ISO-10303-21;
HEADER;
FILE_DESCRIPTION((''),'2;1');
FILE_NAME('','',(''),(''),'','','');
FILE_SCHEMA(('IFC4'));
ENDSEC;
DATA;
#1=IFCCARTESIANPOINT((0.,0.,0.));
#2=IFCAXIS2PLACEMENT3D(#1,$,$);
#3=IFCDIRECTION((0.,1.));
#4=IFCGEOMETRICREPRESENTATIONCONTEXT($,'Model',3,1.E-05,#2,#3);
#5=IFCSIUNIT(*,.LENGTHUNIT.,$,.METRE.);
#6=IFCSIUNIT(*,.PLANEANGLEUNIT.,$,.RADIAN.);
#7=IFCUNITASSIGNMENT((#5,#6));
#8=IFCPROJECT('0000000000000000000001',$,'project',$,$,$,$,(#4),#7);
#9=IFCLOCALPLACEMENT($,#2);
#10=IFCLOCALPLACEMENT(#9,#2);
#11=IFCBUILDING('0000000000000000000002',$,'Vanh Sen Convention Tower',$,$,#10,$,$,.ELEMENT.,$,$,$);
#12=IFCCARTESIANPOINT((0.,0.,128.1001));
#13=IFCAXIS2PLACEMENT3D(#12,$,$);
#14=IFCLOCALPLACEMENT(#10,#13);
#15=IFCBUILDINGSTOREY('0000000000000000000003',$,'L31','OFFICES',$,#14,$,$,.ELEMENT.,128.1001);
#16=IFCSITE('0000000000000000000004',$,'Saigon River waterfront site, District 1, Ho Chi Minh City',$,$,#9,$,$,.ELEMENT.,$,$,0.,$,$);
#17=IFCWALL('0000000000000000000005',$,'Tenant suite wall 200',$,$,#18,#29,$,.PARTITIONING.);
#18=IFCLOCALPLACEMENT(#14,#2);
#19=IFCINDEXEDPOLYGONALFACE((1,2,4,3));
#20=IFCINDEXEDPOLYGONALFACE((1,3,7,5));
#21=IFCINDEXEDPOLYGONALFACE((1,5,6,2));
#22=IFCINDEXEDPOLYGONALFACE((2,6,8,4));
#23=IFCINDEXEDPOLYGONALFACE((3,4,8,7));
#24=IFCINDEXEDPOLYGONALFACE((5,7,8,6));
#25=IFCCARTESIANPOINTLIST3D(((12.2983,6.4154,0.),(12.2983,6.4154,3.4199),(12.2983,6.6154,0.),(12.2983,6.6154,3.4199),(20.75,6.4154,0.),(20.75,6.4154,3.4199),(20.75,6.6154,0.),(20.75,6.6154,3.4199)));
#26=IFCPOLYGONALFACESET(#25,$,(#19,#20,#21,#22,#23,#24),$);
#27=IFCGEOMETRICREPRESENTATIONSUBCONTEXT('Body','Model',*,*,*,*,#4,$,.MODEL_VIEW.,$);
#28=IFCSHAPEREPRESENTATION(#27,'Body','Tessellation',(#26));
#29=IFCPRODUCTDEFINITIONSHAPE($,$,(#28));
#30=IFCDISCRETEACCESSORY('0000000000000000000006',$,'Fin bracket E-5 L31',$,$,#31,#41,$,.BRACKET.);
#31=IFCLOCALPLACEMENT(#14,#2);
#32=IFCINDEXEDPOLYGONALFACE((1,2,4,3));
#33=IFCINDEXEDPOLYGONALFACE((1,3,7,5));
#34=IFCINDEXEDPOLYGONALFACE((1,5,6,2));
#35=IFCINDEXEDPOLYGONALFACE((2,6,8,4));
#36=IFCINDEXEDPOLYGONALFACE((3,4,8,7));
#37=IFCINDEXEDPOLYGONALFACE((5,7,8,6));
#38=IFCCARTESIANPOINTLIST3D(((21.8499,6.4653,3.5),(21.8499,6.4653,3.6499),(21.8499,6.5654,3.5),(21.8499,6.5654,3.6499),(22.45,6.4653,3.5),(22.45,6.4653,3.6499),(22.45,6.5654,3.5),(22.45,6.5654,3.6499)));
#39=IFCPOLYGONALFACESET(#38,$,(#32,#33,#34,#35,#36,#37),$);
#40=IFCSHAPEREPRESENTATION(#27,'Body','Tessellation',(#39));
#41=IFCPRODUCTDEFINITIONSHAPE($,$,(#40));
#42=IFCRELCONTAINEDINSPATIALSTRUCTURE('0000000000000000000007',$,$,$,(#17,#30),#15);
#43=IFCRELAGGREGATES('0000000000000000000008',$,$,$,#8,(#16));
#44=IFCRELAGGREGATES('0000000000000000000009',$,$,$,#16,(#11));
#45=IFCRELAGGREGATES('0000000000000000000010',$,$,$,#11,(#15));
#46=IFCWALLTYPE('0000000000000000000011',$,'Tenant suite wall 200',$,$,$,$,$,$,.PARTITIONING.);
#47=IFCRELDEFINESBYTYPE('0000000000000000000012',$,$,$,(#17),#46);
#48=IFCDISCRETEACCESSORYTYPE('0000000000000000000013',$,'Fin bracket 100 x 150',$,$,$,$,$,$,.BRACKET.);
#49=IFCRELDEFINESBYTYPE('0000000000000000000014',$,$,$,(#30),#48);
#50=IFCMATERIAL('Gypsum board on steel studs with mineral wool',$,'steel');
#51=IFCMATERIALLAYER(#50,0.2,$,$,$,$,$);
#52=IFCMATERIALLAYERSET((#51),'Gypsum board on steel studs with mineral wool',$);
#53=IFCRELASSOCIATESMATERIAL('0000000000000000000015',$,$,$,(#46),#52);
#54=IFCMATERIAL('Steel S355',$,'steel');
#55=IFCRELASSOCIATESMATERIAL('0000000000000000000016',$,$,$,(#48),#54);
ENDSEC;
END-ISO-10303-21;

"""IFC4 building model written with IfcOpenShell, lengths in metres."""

from ifc_helpers import new_model, si_unit, direction, frame, frame_2d, origin, origin_2d, place, context, subcontext, project, spatial, rectangle, extrude, material, layer, layer_set, type_object, element, save


model = new_model("IFC4")

# Units and contexts
model_context = context("Model", 3, precision=1e-05, world=origin(), true_north=direction((0.0, 1.0)))
body_context = subcontext(model_context, "Body", "Model", "MODEL_VIEW")
ifc_project = project(units=[si_unit("LENGTHUNIT", "METRE"), si_unit("PLANEANGLEUNIT", "RADIAN")], contexts=[model_context])

# Site, building, storey
site_placement = place(None, origin())
site = spatial("IfcSite", under=ifc_project, at=site_placement, Name="Saigon River waterfront site, District 1, Ho Chi Minh City", CompositionType="ELEMENT", RefElevation=0.0)
building_placement = place(site_placement, origin())
building = spatial("IfcBuilding", under=site, at=building_placement, Name="Vanh Sen Convention Tower", CompositionType="ELEMENT")
storey_placement = place(building_placement, frame((0.0, 0.0, 128.1001)))
storey = spatial("IfcBuildingStorey", under=building, at=storey_placement, Name="L31", Description="OFFICES", CompositionType="ELEMENT", Elevation=128.1001)

# Shared definitions
ifc_material_1 = material(Name="Gypsum board on steel studs with mineral wool", Category="steel")

# Wall
ifc_layer_1 = layer(ifc_material_1, 0.2)
ifc_layer_set_1 = layer_set([ifc_layer_1], Name="Gypsum board on steel studs with mineral wool")
wall_type_1 = type_object("IfcWallType", Name="Tenant suite wall 200", PredefinedType="PARTITIONING", material=ifc_layer_set_1)
wall_1_placement = place(storey_placement, frame((20.75, 6.5154, 0.0), z_axis=(0.0, 0.0, 1.0), x_axis=(-1.0, 0.0, 0.0)))
element("IfcWall", 1, at=wall_1_placement, inside=storey, type_object=wall_type_1, Name="Tenant suite wall 200", PredefinedType="PARTITIONING", context=body_context, shape_type="SweptSolid", body=[
    extrude(rectangle(XDim=8.4517, YDim=0.2, at=frame_2d((4.2258, 0.0))), origin(), (0.0, 0.0, 1.0), 3.4199),
])

# Discrete accessory
ifc_material_2 = material(Name="Steel S355", Category="steel")
discrete_accessory_type = type_object("IfcDiscreteAccessoryType", Name="Fin bracket 100 x 150", PredefinedType="BRACKET", material=ifc_material_2)
discrete_accessory_placement = place(storey_placement, frame((22.1499, 6.5154, 3.5), z_axis=(0.0, 0.0, 1.0), x_axis=(1.0, 0.0, 0.0)))
element("IfcDiscreteAccessory", 2, at=discrete_accessory_placement, inside=storey, type_object=discrete_accessory_type, Name="Fin bracket E-5 L31", PredefinedType="BRACKET", context=body_context, shape_type="SweptSolid", body=[
    extrude(rectangle(XDim=0.6001, YDim=0.1001, at=origin_2d()), origin(), (0.0, 0.0, 1.0), 0.1499),
])

save(model, "model.ifc")
